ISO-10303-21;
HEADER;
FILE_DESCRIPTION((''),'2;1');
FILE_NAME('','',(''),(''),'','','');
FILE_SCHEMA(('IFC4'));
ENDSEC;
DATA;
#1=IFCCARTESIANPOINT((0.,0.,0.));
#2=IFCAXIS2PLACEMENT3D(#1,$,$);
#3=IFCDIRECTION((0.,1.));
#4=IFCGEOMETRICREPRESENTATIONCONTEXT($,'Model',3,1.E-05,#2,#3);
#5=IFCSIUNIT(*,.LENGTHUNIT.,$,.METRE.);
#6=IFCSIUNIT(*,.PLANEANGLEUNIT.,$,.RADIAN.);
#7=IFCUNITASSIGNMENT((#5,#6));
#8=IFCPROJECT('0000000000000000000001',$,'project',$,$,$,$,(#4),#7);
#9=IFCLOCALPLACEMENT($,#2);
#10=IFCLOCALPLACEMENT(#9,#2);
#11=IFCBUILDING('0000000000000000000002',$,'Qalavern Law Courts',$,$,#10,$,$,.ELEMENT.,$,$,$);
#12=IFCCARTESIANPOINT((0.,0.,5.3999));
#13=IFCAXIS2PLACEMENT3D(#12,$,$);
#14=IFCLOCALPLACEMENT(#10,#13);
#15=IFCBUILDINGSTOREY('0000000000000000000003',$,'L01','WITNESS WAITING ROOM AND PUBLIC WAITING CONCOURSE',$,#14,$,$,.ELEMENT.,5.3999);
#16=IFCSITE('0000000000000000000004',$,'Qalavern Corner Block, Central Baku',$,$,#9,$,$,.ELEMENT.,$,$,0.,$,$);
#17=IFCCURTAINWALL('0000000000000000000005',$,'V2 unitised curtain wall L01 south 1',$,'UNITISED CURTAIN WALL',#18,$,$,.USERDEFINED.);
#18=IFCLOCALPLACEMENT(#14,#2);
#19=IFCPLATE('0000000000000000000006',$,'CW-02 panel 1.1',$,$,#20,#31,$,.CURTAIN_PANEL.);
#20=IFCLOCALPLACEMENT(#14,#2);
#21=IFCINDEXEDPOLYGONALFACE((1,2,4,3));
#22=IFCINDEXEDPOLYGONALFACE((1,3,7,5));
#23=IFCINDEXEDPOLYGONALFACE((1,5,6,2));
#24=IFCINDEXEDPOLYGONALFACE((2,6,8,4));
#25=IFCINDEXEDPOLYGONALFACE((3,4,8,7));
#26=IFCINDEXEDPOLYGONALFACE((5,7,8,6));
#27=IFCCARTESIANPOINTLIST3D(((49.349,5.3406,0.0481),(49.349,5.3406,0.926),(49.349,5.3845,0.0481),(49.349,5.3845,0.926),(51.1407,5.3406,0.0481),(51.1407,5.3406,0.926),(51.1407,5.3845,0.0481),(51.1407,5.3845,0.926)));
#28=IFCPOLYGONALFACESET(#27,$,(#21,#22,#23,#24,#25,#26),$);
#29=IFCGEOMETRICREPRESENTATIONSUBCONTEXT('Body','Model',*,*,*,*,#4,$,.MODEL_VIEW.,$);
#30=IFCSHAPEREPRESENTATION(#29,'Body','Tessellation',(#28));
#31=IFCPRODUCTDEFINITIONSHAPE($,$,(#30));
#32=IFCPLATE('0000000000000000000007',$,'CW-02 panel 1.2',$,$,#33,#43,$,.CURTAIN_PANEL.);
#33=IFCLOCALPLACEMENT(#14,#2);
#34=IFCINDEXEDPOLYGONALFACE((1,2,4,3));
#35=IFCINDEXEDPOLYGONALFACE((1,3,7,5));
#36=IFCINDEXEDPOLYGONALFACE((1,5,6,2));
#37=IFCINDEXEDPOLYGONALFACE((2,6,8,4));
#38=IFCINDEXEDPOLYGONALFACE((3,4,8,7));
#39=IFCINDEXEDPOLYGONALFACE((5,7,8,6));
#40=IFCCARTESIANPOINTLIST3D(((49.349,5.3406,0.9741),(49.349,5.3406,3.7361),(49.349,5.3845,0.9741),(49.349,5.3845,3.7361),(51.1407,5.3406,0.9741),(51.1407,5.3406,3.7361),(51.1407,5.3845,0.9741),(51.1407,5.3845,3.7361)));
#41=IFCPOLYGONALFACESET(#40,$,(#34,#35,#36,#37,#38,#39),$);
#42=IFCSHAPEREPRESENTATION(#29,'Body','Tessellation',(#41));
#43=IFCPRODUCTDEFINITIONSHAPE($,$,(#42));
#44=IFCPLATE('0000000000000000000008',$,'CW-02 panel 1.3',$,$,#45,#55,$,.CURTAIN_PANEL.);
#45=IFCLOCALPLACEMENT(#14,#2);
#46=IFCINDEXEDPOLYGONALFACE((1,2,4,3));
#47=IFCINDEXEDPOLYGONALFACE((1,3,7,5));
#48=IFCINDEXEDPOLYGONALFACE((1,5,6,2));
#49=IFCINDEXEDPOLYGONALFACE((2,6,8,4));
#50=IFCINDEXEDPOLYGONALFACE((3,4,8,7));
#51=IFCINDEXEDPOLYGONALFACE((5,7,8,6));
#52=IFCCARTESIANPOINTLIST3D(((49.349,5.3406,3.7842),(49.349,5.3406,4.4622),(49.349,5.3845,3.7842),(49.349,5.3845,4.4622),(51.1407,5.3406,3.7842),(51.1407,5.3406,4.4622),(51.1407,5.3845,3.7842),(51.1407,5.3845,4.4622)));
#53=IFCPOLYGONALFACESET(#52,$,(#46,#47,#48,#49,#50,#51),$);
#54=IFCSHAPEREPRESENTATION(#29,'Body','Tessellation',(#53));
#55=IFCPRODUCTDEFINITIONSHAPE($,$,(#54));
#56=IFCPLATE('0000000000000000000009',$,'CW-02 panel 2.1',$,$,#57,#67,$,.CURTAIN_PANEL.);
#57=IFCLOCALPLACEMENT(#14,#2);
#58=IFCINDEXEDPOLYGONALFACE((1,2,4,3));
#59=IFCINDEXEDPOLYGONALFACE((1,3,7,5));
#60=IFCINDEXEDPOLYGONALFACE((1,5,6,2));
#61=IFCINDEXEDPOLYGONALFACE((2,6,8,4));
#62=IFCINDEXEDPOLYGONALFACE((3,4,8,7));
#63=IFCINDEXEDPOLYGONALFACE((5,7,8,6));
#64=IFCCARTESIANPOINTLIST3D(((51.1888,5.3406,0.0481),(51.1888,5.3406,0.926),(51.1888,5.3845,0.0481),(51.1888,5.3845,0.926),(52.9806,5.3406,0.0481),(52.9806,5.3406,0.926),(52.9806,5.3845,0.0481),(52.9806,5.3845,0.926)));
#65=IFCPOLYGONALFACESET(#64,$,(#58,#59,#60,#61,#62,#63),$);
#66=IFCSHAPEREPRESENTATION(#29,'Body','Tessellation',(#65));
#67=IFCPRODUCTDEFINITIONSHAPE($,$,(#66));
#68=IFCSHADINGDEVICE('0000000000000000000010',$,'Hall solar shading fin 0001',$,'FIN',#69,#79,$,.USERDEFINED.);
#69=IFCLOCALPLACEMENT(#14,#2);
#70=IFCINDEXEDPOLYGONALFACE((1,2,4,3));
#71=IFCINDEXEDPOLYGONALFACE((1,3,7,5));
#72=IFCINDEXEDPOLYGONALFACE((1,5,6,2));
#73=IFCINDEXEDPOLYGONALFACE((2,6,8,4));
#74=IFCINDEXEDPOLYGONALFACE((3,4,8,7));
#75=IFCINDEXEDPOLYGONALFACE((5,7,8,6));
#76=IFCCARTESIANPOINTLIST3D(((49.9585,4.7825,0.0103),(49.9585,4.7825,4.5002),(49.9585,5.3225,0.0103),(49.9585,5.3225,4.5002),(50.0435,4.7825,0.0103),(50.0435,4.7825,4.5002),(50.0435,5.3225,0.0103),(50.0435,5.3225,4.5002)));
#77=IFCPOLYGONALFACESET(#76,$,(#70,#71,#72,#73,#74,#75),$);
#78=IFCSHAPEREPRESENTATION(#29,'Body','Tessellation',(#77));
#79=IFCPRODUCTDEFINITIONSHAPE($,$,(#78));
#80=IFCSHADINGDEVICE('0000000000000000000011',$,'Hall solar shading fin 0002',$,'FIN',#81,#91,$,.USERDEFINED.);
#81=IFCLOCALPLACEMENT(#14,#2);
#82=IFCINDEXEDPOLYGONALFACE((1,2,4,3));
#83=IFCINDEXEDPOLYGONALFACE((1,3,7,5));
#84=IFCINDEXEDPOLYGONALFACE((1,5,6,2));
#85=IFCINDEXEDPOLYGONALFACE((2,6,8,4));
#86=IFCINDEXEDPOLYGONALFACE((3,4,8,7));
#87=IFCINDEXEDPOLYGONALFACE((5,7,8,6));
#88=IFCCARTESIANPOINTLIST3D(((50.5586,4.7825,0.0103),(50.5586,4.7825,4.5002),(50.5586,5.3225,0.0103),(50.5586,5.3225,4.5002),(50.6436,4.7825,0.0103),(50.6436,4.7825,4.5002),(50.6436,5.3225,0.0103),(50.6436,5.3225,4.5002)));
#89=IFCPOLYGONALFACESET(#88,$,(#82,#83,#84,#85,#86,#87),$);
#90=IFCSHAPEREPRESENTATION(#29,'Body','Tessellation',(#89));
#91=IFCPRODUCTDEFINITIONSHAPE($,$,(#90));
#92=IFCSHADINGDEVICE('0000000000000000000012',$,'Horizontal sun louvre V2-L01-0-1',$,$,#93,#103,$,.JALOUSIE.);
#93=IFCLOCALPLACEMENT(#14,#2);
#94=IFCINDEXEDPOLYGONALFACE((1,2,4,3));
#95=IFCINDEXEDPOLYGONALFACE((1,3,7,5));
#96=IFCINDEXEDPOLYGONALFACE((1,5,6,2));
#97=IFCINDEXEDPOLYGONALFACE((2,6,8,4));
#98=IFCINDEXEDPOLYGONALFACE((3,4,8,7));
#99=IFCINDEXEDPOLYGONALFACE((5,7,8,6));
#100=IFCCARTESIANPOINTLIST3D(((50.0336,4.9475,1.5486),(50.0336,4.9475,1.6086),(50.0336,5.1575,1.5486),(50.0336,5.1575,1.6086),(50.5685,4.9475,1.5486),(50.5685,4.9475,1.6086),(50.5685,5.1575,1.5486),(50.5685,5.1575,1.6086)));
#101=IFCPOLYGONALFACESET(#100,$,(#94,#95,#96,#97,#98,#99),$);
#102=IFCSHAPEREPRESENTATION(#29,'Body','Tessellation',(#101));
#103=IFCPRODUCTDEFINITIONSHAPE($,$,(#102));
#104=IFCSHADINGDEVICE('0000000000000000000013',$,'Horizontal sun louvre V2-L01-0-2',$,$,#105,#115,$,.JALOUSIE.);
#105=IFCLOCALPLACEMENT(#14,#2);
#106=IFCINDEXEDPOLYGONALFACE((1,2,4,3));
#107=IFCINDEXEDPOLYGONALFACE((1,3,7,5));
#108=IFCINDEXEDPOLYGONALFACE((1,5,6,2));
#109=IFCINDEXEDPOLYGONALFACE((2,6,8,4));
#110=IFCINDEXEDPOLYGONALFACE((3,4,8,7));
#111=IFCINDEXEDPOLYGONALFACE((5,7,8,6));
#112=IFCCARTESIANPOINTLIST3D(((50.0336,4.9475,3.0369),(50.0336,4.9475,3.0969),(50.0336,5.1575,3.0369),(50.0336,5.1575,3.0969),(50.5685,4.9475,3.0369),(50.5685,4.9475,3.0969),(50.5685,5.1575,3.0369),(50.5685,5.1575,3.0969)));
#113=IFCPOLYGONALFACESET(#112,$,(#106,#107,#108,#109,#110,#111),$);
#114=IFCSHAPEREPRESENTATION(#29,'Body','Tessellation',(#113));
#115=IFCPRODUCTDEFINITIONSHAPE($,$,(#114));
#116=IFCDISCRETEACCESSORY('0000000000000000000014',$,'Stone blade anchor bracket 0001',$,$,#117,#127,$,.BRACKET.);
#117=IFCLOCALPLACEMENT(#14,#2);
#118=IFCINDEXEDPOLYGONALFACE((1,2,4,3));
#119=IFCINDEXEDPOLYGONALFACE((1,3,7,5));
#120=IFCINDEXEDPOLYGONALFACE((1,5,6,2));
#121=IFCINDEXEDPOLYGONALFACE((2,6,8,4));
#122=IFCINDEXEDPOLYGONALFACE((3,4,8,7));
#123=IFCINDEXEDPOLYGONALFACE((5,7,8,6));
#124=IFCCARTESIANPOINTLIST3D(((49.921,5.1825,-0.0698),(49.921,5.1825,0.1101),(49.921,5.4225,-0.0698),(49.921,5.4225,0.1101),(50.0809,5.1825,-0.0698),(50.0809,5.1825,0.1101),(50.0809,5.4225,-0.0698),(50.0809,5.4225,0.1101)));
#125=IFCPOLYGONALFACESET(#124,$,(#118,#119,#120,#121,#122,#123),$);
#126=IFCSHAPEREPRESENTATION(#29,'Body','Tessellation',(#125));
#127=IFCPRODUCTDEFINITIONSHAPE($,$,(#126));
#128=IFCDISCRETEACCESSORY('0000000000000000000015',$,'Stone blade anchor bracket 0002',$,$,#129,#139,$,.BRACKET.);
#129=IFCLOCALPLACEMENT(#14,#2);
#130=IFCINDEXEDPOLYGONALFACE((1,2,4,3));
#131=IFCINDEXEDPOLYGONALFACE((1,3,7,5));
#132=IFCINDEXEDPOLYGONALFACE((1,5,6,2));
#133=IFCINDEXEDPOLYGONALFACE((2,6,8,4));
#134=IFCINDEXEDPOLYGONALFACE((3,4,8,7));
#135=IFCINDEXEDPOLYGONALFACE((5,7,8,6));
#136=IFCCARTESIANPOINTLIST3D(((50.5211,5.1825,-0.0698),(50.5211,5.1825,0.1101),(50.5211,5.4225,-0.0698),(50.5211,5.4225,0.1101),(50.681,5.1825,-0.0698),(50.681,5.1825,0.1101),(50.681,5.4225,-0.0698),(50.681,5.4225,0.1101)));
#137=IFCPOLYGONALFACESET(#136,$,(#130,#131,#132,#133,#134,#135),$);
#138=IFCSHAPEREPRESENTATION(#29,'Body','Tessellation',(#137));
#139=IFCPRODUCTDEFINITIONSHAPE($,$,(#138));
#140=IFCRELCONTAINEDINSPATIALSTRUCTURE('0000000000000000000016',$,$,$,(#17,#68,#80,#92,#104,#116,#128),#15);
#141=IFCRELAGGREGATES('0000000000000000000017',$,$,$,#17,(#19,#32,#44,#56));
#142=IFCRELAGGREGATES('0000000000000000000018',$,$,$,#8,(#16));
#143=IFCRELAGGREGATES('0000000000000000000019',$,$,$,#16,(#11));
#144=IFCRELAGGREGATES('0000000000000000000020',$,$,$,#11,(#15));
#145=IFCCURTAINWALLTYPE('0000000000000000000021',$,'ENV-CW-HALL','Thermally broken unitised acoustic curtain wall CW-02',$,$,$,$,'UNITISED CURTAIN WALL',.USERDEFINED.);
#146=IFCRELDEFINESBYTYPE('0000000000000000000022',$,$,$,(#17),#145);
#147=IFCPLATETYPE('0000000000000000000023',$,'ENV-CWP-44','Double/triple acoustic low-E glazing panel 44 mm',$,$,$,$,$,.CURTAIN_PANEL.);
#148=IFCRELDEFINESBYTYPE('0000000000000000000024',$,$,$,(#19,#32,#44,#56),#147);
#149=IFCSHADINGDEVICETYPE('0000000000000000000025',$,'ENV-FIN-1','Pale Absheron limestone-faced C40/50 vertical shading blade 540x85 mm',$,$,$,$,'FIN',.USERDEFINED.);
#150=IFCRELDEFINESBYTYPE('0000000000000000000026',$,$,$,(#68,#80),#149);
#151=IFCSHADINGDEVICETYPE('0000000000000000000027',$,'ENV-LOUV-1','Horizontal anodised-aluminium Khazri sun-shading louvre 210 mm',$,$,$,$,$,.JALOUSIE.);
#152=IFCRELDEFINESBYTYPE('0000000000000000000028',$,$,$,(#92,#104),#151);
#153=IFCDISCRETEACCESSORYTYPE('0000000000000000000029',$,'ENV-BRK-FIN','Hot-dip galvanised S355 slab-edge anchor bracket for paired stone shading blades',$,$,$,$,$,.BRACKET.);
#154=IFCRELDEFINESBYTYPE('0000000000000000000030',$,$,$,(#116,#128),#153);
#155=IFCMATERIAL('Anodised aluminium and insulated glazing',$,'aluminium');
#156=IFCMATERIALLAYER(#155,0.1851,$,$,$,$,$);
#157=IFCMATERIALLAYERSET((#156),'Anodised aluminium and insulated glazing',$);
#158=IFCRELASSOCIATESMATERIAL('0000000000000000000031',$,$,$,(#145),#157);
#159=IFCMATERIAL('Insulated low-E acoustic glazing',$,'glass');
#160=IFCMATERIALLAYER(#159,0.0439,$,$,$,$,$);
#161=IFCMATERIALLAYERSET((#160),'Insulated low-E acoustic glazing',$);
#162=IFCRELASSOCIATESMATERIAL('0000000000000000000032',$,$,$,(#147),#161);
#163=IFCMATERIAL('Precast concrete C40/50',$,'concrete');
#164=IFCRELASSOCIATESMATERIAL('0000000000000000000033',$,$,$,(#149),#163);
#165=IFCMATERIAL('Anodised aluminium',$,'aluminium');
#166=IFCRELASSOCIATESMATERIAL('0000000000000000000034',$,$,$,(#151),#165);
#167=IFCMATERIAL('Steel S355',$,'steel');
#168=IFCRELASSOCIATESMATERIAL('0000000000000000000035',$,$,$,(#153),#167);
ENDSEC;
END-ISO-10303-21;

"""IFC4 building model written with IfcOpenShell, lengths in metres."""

from ifc_helpers import new_model, si_unit, direction, frame, origin, origin_2d, place, context, subcontext, project, spatial, rectangle, extrude, material, layer, layer_set, type_object, element, aggregate, save


model = new_model("IFC4")

# Units and contexts
model_context = context("Model", 3, precision=1e-05, world=origin(), true_north=direction((0.0, 1.0)))
body_context = subcontext(model_context, "Body", "Model", "MODEL_VIEW")
ifc_project = project(units=[si_unit("LENGTHUNIT", "METRE"), si_unit("PLANEANGLEUNIT", "RADIAN")], contexts=[model_context])

# Site, building, storey
site_placement = place(None, origin())
site = spatial("IfcSite", under=ifc_project, at=site_placement, Name="Qalavern Corner Block, Central Baku", CompositionType="ELEMENT", RefElevation=0.0)
building_placement = place(site_placement, origin())
building = spatial("IfcBuilding", under=site, at=building_placement, Name="Qalavern Law Courts", CompositionType="ELEMENT")
storey_placement = place(building_placement, frame((0.0, 0.0, 5.3999)))
storey = spatial("IfcBuildingStorey", under=building, at=storey_placement, Name="L01", Description="WITNESS WAITING ROOM AND PUBLIC WAITING CONCOURSE", CompositionType="ELEMENT", Elevation=5.3999)

# Curtain wall, plates
ifc_material_1 = material(Name="Anodised aluminium and insulated glazing", Category="aluminium")
ifc_layer_1 = layer(ifc_material_1, 0.1851)
ifc_layer_set_1 = layer_set([ifc_layer_1], Name="Anodised aluminium and insulated glazing")
curtain_wall_type = type_object("IfcCurtainWallType", Name="ENV-CW-HALL", Description="Thermally broken unitised acoustic curtain wall CW-02", ElementType="UNITISED CURTAIN WALL", PredefinedType="USERDEFINED", material=ifc_layer_set_1)
curtain_wall_placement = place(storey_placement, origin())
curtain_wall = element("IfcCurtainWall", 1, at=curtain_wall_placement, inside=storey, type_object=curtain_wall_type, Name="V2 unitised curtain wall L01 south 1", ObjectType="UNITISED CURTAIN WALL", PredefinedType="USERDEFINED")
ifc_material_2 = material(Name="Anodised aluminium", Category="aluminium")
ifc_material_3 = material(Name="Insulated low-E acoustic glazing", Category="glass")
ifc_layer_2 = layer(ifc_material_3, 0.0439)
ifc_layer_set_2 = layer_set([ifc_layer_2], Name="Insulated low-E acoustic glazing")
plate_type = type_object("IfcPlateType", Name="ENV-CWP-44", Description="Double/triple acoustic low-E glazing panel 44 mm", PredefinedType="CURTAIN_PANEL", material=ifc_layer_set_2)
plate_1_placement = place(storey_placement, frame((50.2449, 5.3625, 0.0481), z_axis=(0.0, 0.0, 1.0), x_axis=(1.0, 0.0, 0.0)))
plate_1 = element("IfcPlate", 2, at=plate_1_placement, type_object=plate_type, Name="CW-02 panel 1.1", PredefinedType="CURTAIN_PANEL", context=body_context, shape_type="SweptSolid", body=[
    extrude(rectangle(XDim=1.7917, YDim=0.0439, at=origin_2d()), origin(), (0.0, 0.0, 1.0), 0.8779),
])
plate_2_placement = place(storey_placement, frame((50.2449, 5.3625, 0.9741), z_axis=(0.0, 0.0, 1.0), x_axis=(1.0, 0.0, 0.0)))
plate_2 = element("IfcPlate", 3, at=plate_2_placement, type_object=plate_type, Name="CW-02 panel 1.2", PredefinedType="CURTAIN_PANEL", context=body_context, shape_type="SweptSolid", body=[
    extrude(rectangle(XDim=1.7917, YDim=0.0439, at=origin_2d()), origin(), (0.0, 0.0, 1.0), 2.762),
])
plate_3_placement = place(storey_placement, frame((50.2449, 5.3625, 3.7842), z_axis=(0.0, 0.0, 1.0), x_axis=(1.0, 0.0, 0.0)))
plate_3 = element("IfcPlate", 4, at=plate_3_placement, type_object=plate_type, Name="CW-02 panel 1.3", PredefinedType="CURTAIN_PANEL", context=body_context, shape_type="SweptSolid", body=[
    extrude(rectangle(XDim=1.7917, YDim=0.0439, at=origin_2d()), origin(), (0.0, 0.0, 1.0), 0.678),
])
plate_4_placement = place(storey_placement, frame((52.0847, 5.3625, 0.0481), z_axis=(0.0, 0.0, 1.0), x_axis=(1.0, 0.0, 0.0)))
plate_4 = element("IfcPlate", 5, at=plate_4_placement, type_object=plate_type, Name="CW-02 panel 2.1", PredefinedType="CURTAIN_PANEL", context=body_context, shape_type="SweptSolid", body=[
    extrude(rectangle(XDim=1.7917, YDim=0.0439, at=origin_2d()), origin(), (0.0, 0.0, 1.0), 0.8779),
])
aggregate(curtain_wall, [plate_1, plate_2, plate_3, plate_4])

# Shading devices
ifc_material_4 = material(Name="Precast concrete C40/50", Category="concrete")
shading_device_type_1 = type_object("IfcShadingDeviceType", Name="ENV-FIN-1", Description="Pale Absheron limestone-faced C40/50 vertical shading blade 540x85 mm", ElementType="FIN", PredefinedType="USERDEFINED", material=ifc_material_4)
for number, where, z_axis, x_axis, name in (
    (6, (50.001, 5.0525, 0.0103), (0.0, 0.0, 1.0), (0.0, -1.0, 0.0), "Hall solar shading fin 0001"),
    (7, (50.6011, 5.0525, 0.0103), (0.0, 0.0, 1.0), (0.0, -1.0, 0.0), "Hall solar shading fin 0002"),
):
    element("IfcShadingDevice", number, at=place(storey_placement, frame(where, z_axis=z_axis, x_axis=x_axis)), inside=storey, type_object=shading_device_type_1, Name=name, ObjectType="FIN", PredefinedType="USERDEFINED", context=body_context, shape_type="SweptSolid", body=[
        extrude(rectangle(XDim=0.54, YDim=0.085, at=origin_2d()), origin(), (0.0, 0.0, 1.0), 4.49),
    ])
shading_device_type_2 = type_object("IfcShadingDeviceType", Name="ENV-LOUV-1", Description="Horizontal anodised-aluminium Khazri sun-shading louvre 210 mm", PredefinedType="JALOUSIE", material=ifc_material_2)
for number, where, z_axis, x_axis, name in (
    (8, (50.301, 5.0525, 1.5486), (0.0, 0.0, 1.0), (1.0, 0.0, 0.0), "Horizontal sun louvre V2-L01-0-1"),
    (9, (50.301, 5.0525, 3.0369), (0.0, 0.0, 1.0), (1.0, 0.0, 0.0), "Horizontal sun louvre V2-L01-0-2"),
):
    element("IfcShadingDevice", number, at=place(storey_placement, frame(where, z_axis=z_axis, x_axis=x_axis)), inside=storey, type_object=shading_device_type_2, Name=name, PredefinedType="JALOUSIE", context=body_context, shape_type="SweptSolid", body=[
        extrude(rectangle(XDim=0.5349, YDim=0.21, at=origin_2d()), origin(), (0.0, 0.0, 1.0), 0.0601),
    ])

# Discrete accessories
ifc_material_5 = material(Name="Steel S355", Category="steel")
discrete_accessory_type = type_object("IfcDiscreteAccessoryType", Name="ENV-BRK-FIN", Description="Hot-dip galvanised S355 slab-edge anchor bracket for paired stone shading blades", PredefinedType="BRACKET", material=ifc_material_5)
for number, where, z_axis, x_axis, name in (
    (10, (50.001, 5.3025, -0.0698), (0.0, 0.0, 1.0), (0.0, -1.0, 0.0), "Stone blade anchor bracket 0001"),
    (11, (50.6011, 5.3025, -0.0698), (0.0, 0.0, 1.0), (0.0, -1.0, 0.0), "Stone blade anchor bracket 0002"),
):
    element("IfcDiscreteAccessory", number, at=place(storey_placement, frame(where, z_axis=z_axis, x_axis=x_axis)), inside=storey, type_object=discrete_accessory_type, Name=name, PredefinedType="BRACKET", context=body_context, shape_type="SweptSolid", body=[
        extrude(rectangle(XDim=0.24, YDim=0.1599, at=origin_2d()), origin(), (0.0, 0.0, 1.0), 0.1799),
    ])

save(model, "model.ifc")
